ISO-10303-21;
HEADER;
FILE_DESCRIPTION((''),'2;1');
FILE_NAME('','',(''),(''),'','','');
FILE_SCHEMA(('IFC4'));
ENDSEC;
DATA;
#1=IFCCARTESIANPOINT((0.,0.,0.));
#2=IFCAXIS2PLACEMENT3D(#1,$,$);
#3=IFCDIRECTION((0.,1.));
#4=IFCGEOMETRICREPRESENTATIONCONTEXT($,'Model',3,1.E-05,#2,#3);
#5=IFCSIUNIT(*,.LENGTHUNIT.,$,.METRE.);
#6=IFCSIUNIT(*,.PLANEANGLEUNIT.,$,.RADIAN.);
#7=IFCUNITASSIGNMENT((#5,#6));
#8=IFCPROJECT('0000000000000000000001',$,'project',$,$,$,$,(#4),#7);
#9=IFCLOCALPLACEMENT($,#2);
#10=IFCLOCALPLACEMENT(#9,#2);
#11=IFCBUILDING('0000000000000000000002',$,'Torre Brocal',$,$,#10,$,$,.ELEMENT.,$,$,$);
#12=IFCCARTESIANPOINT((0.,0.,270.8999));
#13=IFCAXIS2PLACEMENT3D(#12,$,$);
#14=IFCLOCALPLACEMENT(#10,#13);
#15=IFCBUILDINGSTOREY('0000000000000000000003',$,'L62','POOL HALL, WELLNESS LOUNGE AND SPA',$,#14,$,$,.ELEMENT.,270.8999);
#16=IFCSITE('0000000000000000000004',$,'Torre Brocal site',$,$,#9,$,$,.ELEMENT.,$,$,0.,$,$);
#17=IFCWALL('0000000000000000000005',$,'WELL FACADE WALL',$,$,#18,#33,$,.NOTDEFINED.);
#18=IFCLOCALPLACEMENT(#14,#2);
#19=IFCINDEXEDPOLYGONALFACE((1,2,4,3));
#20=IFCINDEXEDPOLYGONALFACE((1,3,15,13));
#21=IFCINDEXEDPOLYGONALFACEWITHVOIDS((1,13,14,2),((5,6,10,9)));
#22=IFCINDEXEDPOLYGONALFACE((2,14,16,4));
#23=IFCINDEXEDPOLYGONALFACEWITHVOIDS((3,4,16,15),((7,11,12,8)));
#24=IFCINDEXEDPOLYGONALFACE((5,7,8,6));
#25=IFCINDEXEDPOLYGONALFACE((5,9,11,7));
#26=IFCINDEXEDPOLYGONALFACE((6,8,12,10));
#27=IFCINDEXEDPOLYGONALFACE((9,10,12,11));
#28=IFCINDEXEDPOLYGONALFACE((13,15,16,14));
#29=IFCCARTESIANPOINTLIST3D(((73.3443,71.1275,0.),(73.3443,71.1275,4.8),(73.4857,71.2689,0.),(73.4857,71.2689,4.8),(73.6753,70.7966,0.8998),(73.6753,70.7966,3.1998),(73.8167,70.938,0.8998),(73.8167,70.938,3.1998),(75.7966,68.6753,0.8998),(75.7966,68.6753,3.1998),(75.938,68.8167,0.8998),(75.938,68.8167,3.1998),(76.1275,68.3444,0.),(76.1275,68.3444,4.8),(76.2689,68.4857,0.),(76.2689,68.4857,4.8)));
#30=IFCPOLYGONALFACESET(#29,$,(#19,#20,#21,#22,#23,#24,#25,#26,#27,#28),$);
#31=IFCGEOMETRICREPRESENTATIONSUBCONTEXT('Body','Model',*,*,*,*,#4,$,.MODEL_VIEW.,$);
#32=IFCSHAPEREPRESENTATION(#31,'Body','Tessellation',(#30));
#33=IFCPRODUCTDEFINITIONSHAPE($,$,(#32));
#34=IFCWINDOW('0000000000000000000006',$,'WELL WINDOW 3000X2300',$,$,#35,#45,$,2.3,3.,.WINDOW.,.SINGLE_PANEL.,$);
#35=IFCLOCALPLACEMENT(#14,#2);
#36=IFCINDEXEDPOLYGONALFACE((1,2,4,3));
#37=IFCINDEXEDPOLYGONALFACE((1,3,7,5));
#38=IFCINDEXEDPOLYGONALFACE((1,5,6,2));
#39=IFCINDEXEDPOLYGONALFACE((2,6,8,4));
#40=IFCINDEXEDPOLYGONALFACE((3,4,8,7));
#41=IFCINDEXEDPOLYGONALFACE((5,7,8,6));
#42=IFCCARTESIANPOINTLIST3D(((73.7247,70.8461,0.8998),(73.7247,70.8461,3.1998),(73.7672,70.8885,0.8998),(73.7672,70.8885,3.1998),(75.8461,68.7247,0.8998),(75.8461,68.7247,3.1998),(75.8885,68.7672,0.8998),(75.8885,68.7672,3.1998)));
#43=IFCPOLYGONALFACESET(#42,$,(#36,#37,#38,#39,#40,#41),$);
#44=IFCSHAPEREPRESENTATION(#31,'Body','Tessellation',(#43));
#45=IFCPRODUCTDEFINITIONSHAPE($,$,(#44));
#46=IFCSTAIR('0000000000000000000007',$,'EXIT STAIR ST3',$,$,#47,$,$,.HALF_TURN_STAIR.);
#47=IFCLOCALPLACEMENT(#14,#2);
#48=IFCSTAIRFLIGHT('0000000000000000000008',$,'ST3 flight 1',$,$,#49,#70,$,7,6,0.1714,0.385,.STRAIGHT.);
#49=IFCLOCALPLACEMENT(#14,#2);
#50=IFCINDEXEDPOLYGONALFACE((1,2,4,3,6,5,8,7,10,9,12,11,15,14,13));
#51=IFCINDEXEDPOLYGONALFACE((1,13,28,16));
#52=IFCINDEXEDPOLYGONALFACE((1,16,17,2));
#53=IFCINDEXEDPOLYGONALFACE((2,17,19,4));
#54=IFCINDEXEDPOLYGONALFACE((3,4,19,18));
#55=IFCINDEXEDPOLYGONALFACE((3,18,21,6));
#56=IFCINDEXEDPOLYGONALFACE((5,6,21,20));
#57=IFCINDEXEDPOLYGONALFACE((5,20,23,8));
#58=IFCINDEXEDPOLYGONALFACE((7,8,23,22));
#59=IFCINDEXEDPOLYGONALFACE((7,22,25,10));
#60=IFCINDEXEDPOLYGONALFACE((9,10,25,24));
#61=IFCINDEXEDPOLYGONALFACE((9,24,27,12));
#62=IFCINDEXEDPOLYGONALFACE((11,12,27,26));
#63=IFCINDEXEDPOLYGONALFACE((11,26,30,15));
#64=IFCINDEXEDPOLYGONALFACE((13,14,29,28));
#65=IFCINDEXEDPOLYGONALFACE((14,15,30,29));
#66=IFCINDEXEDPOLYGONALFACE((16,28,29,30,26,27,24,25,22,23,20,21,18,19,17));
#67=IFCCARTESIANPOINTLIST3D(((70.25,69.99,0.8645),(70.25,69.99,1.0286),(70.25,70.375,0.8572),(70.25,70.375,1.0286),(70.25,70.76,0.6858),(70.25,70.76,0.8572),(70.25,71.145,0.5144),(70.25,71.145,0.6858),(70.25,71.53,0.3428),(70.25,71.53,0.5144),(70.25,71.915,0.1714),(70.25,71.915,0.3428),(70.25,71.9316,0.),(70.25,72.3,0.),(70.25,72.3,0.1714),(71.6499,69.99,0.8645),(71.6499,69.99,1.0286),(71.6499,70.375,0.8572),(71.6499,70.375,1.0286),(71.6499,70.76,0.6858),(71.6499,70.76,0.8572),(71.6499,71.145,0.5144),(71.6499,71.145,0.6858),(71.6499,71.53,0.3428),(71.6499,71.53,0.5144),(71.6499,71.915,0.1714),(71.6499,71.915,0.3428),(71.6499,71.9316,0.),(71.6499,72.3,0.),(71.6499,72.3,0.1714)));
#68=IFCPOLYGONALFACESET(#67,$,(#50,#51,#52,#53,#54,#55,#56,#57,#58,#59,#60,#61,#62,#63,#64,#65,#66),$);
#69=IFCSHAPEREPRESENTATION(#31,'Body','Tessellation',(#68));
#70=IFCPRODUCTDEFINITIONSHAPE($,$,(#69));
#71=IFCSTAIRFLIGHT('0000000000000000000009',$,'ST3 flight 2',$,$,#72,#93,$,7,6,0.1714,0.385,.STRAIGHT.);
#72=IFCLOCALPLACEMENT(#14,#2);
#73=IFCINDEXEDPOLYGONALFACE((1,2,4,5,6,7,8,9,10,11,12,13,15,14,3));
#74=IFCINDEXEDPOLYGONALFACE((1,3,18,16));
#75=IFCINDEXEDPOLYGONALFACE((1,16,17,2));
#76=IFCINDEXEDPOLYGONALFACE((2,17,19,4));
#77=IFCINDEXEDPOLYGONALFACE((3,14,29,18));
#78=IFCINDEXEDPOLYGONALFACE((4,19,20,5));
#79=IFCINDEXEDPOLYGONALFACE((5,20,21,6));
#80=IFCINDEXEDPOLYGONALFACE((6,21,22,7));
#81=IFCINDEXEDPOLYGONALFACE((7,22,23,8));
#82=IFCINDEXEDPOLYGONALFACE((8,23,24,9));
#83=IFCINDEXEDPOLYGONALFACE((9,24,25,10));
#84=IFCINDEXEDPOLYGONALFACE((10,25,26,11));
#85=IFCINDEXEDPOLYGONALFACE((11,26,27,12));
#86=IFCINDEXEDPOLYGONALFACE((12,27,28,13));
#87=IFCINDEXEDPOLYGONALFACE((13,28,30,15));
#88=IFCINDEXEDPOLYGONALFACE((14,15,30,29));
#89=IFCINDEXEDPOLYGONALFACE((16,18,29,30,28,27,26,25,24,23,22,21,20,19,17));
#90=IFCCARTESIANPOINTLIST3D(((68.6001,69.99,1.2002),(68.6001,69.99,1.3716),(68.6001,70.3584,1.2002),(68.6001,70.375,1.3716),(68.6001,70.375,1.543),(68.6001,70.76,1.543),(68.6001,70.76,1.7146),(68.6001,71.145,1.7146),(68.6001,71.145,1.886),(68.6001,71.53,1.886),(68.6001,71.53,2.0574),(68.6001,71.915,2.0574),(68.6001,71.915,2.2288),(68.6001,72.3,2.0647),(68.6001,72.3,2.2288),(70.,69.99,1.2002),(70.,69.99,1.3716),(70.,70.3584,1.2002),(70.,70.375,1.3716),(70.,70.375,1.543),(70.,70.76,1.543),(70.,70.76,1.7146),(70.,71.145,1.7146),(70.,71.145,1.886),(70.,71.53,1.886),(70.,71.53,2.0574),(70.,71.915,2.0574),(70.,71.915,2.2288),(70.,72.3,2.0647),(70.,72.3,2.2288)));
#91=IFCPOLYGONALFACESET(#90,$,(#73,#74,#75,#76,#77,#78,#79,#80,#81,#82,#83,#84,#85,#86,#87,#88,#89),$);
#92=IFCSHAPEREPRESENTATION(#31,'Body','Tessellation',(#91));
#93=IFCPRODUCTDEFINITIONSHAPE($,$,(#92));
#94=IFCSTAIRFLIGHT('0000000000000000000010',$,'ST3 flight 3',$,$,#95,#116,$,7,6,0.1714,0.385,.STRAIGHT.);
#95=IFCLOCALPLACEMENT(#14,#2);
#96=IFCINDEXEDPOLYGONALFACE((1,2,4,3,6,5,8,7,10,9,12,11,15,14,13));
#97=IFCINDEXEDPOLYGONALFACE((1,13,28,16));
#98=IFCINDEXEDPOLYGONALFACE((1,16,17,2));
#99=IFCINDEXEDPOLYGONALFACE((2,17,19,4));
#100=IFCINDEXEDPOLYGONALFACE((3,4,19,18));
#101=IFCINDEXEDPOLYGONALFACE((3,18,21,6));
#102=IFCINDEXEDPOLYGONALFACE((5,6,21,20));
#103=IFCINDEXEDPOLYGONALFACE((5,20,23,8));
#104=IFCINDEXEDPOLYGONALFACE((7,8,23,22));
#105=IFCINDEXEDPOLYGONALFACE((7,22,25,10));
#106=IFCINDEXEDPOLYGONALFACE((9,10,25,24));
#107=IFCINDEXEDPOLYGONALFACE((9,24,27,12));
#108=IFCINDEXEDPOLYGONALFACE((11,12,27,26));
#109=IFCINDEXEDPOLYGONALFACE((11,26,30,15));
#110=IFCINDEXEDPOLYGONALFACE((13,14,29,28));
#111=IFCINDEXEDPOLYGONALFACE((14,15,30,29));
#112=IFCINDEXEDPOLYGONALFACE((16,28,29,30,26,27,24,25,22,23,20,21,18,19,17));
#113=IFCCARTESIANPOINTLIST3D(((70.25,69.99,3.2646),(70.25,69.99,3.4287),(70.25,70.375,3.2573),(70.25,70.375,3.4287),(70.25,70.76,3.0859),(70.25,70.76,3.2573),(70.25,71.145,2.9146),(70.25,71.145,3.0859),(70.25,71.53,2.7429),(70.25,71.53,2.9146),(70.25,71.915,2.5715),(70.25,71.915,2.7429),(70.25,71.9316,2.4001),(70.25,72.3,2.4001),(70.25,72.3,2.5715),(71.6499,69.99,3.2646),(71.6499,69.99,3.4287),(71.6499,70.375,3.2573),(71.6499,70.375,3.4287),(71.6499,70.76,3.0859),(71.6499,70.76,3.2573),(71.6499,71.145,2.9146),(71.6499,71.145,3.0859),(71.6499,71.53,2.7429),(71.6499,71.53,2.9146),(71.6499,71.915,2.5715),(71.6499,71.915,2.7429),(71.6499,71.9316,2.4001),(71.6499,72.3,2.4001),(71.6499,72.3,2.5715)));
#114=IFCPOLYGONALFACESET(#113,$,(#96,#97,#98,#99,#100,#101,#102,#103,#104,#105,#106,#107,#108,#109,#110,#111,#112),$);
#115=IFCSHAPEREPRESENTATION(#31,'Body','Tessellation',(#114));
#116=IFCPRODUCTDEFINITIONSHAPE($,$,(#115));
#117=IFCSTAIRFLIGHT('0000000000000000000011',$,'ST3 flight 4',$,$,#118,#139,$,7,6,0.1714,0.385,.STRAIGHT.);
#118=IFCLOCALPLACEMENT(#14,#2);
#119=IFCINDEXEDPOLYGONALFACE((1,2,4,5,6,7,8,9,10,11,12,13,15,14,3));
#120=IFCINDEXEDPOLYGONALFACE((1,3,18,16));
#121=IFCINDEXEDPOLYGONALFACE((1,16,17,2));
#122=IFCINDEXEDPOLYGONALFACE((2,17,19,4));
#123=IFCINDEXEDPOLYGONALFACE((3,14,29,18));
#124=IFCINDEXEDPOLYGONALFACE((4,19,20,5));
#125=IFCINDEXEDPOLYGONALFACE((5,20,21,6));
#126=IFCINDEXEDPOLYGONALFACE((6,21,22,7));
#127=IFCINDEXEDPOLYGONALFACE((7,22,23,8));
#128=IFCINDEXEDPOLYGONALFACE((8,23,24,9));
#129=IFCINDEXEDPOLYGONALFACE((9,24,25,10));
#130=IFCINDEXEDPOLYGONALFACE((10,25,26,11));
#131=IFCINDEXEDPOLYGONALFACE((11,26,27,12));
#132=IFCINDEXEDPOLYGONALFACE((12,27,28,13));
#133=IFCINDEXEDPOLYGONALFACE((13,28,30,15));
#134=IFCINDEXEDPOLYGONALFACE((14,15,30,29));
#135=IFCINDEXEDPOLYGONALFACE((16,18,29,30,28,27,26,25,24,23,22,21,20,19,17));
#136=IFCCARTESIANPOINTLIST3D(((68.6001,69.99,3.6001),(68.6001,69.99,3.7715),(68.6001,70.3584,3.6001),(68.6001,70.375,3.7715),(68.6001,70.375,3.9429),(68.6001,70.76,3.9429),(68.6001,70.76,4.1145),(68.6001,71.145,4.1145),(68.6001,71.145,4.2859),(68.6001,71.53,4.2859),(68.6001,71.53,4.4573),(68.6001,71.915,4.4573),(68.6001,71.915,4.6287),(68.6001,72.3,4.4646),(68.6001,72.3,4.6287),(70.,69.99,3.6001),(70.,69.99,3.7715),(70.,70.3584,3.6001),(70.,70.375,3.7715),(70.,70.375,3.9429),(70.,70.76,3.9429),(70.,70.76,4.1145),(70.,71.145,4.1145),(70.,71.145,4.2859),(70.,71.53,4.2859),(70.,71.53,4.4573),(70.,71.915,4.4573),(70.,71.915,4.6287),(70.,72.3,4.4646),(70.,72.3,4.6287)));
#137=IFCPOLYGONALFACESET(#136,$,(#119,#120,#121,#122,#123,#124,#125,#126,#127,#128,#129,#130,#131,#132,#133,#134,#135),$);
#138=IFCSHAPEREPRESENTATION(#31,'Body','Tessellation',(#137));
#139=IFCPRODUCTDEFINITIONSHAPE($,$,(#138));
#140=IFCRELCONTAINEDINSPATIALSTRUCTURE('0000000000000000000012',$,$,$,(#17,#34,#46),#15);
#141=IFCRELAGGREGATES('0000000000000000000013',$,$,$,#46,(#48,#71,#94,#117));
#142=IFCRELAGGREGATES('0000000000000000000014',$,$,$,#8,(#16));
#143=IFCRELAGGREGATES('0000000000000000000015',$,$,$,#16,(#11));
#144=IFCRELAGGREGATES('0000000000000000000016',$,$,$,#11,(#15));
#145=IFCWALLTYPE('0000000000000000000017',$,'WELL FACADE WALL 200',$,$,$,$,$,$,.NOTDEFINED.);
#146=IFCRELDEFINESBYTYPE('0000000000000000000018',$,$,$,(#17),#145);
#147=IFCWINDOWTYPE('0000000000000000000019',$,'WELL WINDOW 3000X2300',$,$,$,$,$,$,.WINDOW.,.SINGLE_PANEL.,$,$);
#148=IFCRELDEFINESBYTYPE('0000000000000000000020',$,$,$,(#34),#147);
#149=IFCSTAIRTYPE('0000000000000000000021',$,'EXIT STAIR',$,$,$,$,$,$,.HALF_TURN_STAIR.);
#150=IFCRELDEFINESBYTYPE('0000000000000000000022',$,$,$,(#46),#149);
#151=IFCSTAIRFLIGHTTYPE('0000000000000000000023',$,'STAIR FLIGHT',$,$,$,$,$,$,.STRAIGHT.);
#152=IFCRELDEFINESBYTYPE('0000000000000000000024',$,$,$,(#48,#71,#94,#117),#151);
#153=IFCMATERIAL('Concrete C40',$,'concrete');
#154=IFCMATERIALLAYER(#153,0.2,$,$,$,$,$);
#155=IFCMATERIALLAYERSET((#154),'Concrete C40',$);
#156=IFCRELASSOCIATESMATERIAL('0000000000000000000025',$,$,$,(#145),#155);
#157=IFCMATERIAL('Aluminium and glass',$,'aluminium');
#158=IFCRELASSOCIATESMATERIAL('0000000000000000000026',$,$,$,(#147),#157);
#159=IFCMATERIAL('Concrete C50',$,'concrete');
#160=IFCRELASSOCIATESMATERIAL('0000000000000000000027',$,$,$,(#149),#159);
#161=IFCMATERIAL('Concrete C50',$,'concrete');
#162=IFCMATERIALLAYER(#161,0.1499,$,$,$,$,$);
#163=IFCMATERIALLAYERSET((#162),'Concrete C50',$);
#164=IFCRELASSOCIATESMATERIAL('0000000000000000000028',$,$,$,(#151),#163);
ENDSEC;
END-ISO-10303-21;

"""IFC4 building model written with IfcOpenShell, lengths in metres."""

from ifc_helpers import new_model, si_unit, direction, frame, frame_2d, origin, place, context, subcontext, project, spatial, polyline, rectangle, outline, extrude, material, layer, layer_set, type_object, element, fill, aggregate, save


model = new_model("IFC4")

# Units and contexts
model_context = context("Model", 3, precision=1e-05, world=origin(), true_north=direction((0.0, 1.0)))
body_context = subcontext(model_context, "Body", "Model", "MODEL_VIEW")
ifc_project = project(units=[si_unit("LENGTHUNIT", "METRE"), si_unit("PLANEANGLEUNIT", "RADIAN")], contexts=[model_context])

# Site, building, storey
site_placement = place(None, origin())
site = spatial("IfcSite", under=ifc_project, at=site_placement, Name="Torre Brocal site", CompositionType="ELEMENT", RefElevation=0.0)
building_placement = place(site_placement, origin())
building = spatial("IfcBuilding", under=site, at=building_placement, Name="Torre Brocal", CompositionType="ELEMENT")
storey_placement = place(building_placement, frame((0.0, 0.0, 270.8999)))
storey = spatial("IfcBuildingStorey", under=building, at=storey_placement, Name="L62", Description="POOL HALL, WELLNESS LOUNGE AND SPA", CompositionType="ELEMENT", Elevation=270.8999)

# Wall, opening, window
ifc_material_1 = material(Name="Concrete C40", Category="concrete")
ifc_layer_1 = layer(ifc_material_1, 0.2)
ifc_layer_set_1 = layer_set([ifc_layer_1], Name="Concrete C40")
wall_type_1 = type_object("IfcWallType", Name="WELL FACADE WALL 200", PredefinedType="NOTDEFINED", material=ifc_layer_set_1)
ifc_material_2 = material(Name="Aluminium and glass", Category="aluminium")
window_type = type_object("IfcWindowType", Name="WELL WINDOW 3000X2300", PartitioningType="SINGLE_PANEL", PredefinedType="WINDOW", material=ifc_material_2)
wall_1_placement = place(storey_placement, frame((73.415, 71.1982, 0.0), z_axis=(0.0, 0.0, 1.0), x_axis=(0.707107, -0.707107, 0.0)))
wall_1 = element("IfcWall", 1, at=wall_1_placement, inside=storey, type_object=wall_type_1, Name="WELL FACADE WALL", PredefinedType="NOTDEFINED", context=body_context, shape_type="SweptSolid", body=[
    extrude(rectangle(XDim=3.936, YDim=0.2, at=frame_2d((1.968, 0.0))), origin(), (0.0, 0.0, 1.0), 4.8),
])
opening_1_placement = place(wall_1_placement, frame((0.468, 0.0, 0.8999)))
opening_1 = element("IfcOpeningElement", 2, at=opening_1_placement, cuts=wall_1, PredefinedType="OPENING", context=body_context, shape_type="SweptSolid", body=[
    extrude(rectangle(XDim=3.0, YDim=2.3, at=frame_2d((1.5, 1.1499))), frame((0.0, 0.1099, 0.0), z_axis=(0.0, -1.0, 0.0), x_axis=(1.0, 0.0, 0.0)), (0.0, 0.0, 1.0), 0.22),
])
window_1_placement = place(opening_1_placement, origin())
window_1 = element("IfcWindow", 3, at=window_1_placement, inside=storey, type_object=window_type, Name="WELL WINDOW 3000X2300", OverallHeight=2.3, OverallWidth=3.0, PartitioningType="SINGLE_PANEL", PredefinedType="WINDOW", context=body_context, shape_type="SweptSolid", body=[
    extrude(rectangle(XDim=3.0, YDim=2.3, at=frame_2d((1.5, 1.1499))), frame((0.0, 0.03, 0.0), z_axis=(0.0, -1.0, 0.0), x_axis=(1.0, 0.0, 0.0)), (0.0, 0.0, 1.0), 0.0601),
])
fill(opening_1, window_1)

# Stair, stair flights
ifc_material_3 = material(Name="Concrete C50", Category="concrete")
stair_type = type_object("IfcStairType", Name="EXIT STAIR", PredefinedType="HALF_TURN_STAIR", material=ifc_material_3)
stair_placement = place(storey_placement, origin())
stair = element("IfcStair", 4, at=stair_placement, inside=storey, type_object=stair_type, Name="EXIT STAIR ST3", PredefinedType="HALF_TURN_STAIR")
ifc_material_4 = material(Name="Concrete C50", Category="concrete")
ifc_layer_2 = layer(ifc_material_4, 0.1499)
ifc_layer_set_2 = layer_set([ifc_layer_2], Name="Concrete C50")
stair_flight_type = type_object("IfcStairFlightType", Name="STAIR FLIGHT", PredefinedType="STRAIGHT", material=ifc_layer_set_2)
stair_flight_1_placement = place(storey_placement, frame((70.95, 72.3, 0.0), z_axis=(0.0, 0.0, 1.0), x_axis=(0.0, -1.0, 0.0)))
stair_flight_1 = element("IfcStairFlight", 5, at=stair_flight_1_placement, type_object=stair_flight_type, Name="ST3 flight 1", NumberOfRisers=7, NumberOfTreads=6, PredefinedType="STRAIGHT", RiserHeight=0.1714, TreadLength=0.385, context=body_context, shape_type="SweptSolid", body=[
    extrude(outline(polyline([(0.0, 0.0), (0.0, 0.1714), (0.385, 0.1714), (0.385, 0.3428), (0.77, 0.3428), (0.77, 0.5144), (1.155, 0.5144), (1.155, 0.6858), (1.54, 0.6858), (1.54, 0.8572), (1.925, 0.8572), (1.925, 1.0286), (2.3101, 1.0286), (2.3101, 1.2), (2.3101, 0.8645), (0.3684, 0.0), (0.0, 0.0)])), frame((0.0, 0.7, 0.0), z_axis=(0.0, -1.0, 0.0), x_axis=(1.0, 0.0, 0.0)), (0.0, 0.0, 1.0), 1.3999),
])
stair_flight_2_placement = place(storey_placement, frame((69.3, 69.99, 1.2002), z_axis=(0.0, 0.0, 1.0), x_axis=(0.0, 1.0, 0.0)))
stair_flight_2 = element("IfcStairFlight", 6, at=stair_flight_2_placement, type_object=stair_flight_type, Name="ST3 flight 2", NumberOfRisers=7, NumberOfTreads=6, PredefinedType="STRAIGHT", RiserHeight=0.1714, TreadLength=0.385, context=body_context, shape_type="SweptSolid", body=[
    extrude(outline(polyline([(0.0, 0.0), (0.0, 0.1714), (0.385, 0.1714), (0.385, 0.3428), (0.77, 0.3428), (0.77, 0.5144), (1.155, 0.5144), (1.155, 0.6858), (1.54, 0.6858), (1.54, 0.8572), (1.925, 0.8572), (1.925, 1.0286), (2.3101, 1.0286), (2.3101, 1.2), (2.3101, 0.8645), (0.3684, 0.0), (0.0, 0.0)])), frame((0.0, 0.7, 0.0), z_axis=(0.0, -1.0, 0.0), x_axis=(1.0, 0.0, 0.0)), (0.0, 0.0, 1.0), 1.3999),
])
stair_flight_3_placement = place(storey_placement, frame((70.95, 72.3, 2.4001), z_axis=(0.0, 0.0, 1.0), x_axis=(0.0, -1.0, 0.0)))
stair_flight_3 = element("IfcStairFlight", 7, at=stair_flight_3_placement, type_object=stair_flight_type, Name="ST3 flight 3", NumberOfRisers=7, NumberOfTreads=6, PredefinedType="STRAIGHT", RiserHeight=0.1714, TreadLength=0.385, context=body_context, shape_type="SweptSolid", body=[
    extrude(outline(polyline([(0.0, 0.0), (0.0, 0.1714), (0.385, 0.1714), (0.385, 0.3428), (0.77, 0.3428), (0.77, 0.5144), (1.155, 0.5144), (1.155, 0.6858), (1.54, 0.6858), (1.54, 0.8572), (1.925, 0.8572), (1.925, 1.0286), (2.3101, 1.0286), (2.3101, 1.2), (2.3101, 0.8645), (0.3684, 0.0), (0.0, 0.0)])), frame((0.0, 0.7, 0.0), z_axis=(0.0, -1.0, 0.0), x_axis=(1.0, 0.0, 0.0)), (0.0, 0.0, 1.0), 1.3999),
])
stair_flight_4_placement = place(storey_placement, frame((69.3, 69.99, 3.6001), z_axis=(0.0, 0.0, 1.0), x_axis=(0.0, 1.0, 0.0)))
stair_flight_4 = element("IfcStairFlight", 8, at=stair_flight_4_placement, type_object=stair_flight_type, Name="ST3 flight 4", NumberOfRisers=7, NumberOfTreads=6, PredefinedType="STRAIGHT", RiserHeight=0.1714, TreadLength=0.385, context=body_context, shape_type="SweptSolid", body=[
    extrude(outline(polyline([(0.0, 0.0), (0.0, 0.1714), (0.385, 0.1714), (0.385, 0.3428), (0.77, 0.3428), (0.77, 0.5144), (1.155, 0.5144), (1.155, 0.6858), (1.54, 0.6858), (1.54, 0.8572), (1.925, 0.8572), (1.925, 1.0286), (2.3101, 1.0286), (2.3101, 1.2), (2.3101, 0.8645), (0.3684, 0.0), (0.0, 0.0)])), frame((0.0, 0.7, 0.0), z_axis=(0.0, -1.0, 0.0), x_axis=(1.0, 0.0, 0.0)), (0.0, 0.0, 1.0), 1.3999),
])
aggregate(stair, [stair_flight_1, stair_flight_2, stair_flight_3, stair_flight_4])

save(model, "model.ifc")
